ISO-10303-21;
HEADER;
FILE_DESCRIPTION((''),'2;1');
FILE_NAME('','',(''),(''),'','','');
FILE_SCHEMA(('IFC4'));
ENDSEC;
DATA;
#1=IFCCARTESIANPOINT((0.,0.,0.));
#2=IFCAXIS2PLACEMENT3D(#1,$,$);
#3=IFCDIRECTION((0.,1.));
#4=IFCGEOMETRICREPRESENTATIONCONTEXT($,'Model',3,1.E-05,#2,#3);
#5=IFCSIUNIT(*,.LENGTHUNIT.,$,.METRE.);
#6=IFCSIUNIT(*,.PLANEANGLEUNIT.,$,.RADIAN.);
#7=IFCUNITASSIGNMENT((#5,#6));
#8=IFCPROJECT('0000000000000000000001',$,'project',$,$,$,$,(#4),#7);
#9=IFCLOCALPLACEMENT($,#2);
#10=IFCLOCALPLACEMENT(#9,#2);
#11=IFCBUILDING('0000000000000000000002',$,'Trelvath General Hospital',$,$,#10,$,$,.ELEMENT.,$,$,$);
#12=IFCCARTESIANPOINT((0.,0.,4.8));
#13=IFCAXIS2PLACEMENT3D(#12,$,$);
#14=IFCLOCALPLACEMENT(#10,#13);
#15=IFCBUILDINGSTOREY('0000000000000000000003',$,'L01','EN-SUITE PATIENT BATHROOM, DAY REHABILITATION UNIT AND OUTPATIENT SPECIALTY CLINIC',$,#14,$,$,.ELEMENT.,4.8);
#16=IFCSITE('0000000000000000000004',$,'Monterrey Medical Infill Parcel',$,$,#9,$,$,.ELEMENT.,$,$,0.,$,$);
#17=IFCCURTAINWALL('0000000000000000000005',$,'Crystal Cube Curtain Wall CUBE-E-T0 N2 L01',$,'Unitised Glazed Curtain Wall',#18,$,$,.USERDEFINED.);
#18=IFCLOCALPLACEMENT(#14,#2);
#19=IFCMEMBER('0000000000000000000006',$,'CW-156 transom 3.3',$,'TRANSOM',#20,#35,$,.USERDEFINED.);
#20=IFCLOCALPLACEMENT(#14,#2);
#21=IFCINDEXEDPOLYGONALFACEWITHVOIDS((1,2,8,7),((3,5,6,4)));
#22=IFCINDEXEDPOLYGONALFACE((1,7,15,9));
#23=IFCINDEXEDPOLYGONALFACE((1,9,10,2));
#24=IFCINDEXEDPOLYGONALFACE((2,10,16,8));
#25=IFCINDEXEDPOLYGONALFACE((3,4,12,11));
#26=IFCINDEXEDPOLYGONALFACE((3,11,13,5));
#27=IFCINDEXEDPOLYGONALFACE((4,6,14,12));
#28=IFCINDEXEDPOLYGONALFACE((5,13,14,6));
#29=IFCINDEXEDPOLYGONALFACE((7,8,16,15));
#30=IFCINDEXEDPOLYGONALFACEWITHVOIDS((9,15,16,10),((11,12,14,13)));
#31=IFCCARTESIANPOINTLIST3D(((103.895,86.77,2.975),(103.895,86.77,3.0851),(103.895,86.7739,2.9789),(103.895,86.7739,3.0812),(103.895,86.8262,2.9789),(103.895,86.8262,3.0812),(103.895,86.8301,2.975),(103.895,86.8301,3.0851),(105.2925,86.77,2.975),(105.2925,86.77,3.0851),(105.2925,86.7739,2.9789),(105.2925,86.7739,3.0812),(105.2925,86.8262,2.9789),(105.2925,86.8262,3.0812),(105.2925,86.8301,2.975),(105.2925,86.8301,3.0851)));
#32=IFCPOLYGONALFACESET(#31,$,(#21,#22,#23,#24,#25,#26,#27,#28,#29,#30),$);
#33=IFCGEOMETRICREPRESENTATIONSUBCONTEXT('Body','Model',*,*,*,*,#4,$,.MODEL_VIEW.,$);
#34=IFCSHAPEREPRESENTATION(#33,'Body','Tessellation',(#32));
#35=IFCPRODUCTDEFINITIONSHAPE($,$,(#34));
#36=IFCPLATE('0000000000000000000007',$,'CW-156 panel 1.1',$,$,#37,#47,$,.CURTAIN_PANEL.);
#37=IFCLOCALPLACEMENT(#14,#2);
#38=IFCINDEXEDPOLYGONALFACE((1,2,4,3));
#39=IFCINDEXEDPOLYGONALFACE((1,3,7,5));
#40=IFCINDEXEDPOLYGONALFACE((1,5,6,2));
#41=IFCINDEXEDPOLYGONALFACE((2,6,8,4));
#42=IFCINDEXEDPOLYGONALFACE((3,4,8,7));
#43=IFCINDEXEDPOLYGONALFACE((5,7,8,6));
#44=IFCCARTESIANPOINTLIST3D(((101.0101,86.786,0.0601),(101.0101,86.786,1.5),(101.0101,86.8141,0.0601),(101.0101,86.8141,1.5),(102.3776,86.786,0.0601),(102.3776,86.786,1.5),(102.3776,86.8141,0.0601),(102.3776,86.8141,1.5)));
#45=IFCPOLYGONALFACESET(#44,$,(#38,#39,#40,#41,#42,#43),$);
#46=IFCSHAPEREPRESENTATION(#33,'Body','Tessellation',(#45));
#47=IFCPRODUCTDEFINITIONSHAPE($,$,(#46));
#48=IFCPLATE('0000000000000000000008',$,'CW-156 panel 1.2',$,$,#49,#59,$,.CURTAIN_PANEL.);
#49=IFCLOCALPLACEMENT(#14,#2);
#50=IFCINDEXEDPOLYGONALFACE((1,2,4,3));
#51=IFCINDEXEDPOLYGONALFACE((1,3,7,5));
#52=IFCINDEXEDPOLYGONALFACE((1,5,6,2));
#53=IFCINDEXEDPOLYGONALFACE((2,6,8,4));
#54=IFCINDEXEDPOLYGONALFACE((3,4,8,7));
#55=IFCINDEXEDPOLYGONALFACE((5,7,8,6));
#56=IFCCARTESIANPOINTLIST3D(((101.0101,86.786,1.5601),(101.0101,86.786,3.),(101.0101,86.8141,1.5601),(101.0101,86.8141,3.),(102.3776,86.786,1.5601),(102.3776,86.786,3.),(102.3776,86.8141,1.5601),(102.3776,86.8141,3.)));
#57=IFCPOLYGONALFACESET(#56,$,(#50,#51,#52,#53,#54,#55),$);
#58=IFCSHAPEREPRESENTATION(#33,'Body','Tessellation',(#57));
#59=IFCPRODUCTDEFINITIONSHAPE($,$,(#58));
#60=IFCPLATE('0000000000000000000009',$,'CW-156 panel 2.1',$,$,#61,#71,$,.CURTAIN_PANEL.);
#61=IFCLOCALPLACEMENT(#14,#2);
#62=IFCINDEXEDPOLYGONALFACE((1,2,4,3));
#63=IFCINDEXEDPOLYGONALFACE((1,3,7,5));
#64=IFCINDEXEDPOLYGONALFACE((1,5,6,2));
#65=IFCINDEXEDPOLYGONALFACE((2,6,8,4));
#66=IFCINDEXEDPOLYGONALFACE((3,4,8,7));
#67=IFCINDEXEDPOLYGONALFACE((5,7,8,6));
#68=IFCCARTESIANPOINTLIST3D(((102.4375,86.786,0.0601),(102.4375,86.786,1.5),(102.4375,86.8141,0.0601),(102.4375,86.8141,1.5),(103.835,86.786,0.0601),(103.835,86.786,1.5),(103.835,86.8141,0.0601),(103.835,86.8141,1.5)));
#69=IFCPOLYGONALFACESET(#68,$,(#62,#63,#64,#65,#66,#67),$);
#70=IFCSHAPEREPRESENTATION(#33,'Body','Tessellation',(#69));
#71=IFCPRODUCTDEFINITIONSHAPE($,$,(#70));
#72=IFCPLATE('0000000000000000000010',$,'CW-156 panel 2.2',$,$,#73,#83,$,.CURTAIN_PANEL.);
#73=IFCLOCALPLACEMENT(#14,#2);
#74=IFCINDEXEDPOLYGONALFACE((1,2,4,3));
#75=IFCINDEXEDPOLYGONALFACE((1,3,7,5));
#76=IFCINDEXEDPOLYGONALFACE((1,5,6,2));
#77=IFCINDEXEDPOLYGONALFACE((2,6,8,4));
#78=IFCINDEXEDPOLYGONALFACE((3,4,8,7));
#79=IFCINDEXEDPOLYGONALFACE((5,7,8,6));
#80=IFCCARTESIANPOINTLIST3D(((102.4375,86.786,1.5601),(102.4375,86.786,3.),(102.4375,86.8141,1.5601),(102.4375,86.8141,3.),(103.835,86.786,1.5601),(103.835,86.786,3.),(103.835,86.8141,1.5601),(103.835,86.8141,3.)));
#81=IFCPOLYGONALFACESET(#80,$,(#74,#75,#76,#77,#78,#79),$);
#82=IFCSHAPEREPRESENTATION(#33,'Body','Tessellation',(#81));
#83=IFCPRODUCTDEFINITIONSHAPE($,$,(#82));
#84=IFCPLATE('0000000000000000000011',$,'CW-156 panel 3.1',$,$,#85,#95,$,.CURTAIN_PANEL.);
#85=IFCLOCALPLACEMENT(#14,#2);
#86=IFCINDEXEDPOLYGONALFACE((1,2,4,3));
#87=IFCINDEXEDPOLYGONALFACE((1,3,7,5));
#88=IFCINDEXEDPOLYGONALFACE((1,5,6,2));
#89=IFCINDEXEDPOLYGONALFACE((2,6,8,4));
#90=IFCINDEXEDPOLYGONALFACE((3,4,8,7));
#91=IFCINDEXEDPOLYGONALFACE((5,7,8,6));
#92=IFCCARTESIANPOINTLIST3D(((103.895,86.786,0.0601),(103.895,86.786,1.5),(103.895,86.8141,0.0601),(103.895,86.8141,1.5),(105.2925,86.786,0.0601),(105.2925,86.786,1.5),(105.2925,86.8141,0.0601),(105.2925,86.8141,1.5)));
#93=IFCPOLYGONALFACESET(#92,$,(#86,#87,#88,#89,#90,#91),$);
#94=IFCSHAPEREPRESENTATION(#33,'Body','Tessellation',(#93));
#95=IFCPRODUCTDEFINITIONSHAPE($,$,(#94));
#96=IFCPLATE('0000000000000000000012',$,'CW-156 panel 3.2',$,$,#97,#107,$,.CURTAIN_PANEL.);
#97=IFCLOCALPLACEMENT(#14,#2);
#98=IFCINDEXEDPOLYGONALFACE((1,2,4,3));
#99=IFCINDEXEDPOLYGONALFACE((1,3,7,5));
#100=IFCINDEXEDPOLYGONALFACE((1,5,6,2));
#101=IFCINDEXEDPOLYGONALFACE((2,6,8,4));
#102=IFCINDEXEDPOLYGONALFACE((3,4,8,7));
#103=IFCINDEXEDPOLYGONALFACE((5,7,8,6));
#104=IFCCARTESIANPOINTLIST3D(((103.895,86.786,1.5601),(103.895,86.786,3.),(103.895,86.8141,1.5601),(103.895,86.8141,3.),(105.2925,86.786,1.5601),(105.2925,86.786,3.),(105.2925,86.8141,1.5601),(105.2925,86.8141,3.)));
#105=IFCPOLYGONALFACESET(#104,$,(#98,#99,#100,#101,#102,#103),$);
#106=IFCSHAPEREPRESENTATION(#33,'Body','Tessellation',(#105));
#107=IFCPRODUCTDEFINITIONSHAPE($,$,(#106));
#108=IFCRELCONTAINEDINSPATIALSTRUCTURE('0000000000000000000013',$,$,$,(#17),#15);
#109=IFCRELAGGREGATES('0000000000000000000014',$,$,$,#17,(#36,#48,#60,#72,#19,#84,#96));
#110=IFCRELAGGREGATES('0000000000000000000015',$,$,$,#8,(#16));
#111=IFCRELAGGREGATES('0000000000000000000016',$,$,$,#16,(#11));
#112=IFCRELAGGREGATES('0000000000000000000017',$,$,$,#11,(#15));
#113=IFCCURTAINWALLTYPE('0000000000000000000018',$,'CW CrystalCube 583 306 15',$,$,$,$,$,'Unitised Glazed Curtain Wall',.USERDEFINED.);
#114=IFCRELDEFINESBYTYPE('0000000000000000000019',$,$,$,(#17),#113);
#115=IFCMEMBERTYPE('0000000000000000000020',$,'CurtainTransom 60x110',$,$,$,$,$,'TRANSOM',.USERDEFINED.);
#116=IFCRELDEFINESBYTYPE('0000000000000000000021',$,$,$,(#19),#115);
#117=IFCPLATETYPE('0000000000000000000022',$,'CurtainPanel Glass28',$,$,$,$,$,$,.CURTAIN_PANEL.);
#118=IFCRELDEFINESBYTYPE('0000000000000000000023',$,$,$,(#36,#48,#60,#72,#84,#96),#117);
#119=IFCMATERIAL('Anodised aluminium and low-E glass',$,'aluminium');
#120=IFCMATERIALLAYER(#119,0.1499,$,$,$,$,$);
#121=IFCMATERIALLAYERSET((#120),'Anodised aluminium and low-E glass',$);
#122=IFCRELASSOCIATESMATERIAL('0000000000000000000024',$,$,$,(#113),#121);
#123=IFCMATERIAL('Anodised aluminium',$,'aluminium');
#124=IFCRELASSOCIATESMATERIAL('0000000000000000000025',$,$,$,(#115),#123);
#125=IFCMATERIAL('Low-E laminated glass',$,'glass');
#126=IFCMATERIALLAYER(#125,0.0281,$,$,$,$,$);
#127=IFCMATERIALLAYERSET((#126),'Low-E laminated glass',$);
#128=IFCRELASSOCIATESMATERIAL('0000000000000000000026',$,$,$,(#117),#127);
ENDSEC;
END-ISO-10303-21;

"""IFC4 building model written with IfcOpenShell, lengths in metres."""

from ifc_helpers import new_model, si_unit, direction, frame, origin, origin_2d, place, context, subcontext, project, spatial, rectangle, hollow_rectangle, extrude, material, layer, layer_set, material_profile, profile_set, type_object, element, aggregate, save


model = new_model("IFC4")

# Units and contexts
model_context = context("Model", 3, precision=1e-05, world=origin(), true_north=direction((0.0, 1.0)))
body_context = subcontext(model_context, "Body", "Model", "MODEL_VIEW")
ifc_project = project(units=[si_unit("LENGTHUNIT", "METRE"), si_unit("PLANEANGLEUNIT", "RADIAN")], contexts=[model_context])

# Site, building, storey
site_placement = place(None, origin())
site = spatial("IfcSite", under=ifc_project, at=site_placement, Name="Monterrey Medical Infill Parcel", CompositionType="ELEMENT", RefElevation=0.0)
building_placement = place(site_placement, origin())
building = spatial("IfcBuilding", under=site, at=building_placement, Name="Trelvath General Hospital", CompositionType="ELEMENT")
storey_placement = place(building_placement, frame((0.0, 0.0, 4.8)))
storey = spatial("IfcBuildingStorey", under=building, at=storey_placement, Name="L01", Description="EN-SUITE PATIENT BATHROOM, DAY REHABILITATION UNIT AND OUTPATIENT SPECIALTY CLINIC", CompositionType="ELEMENT", Elevation=4.8)

# Curtain wall, member, plates
ifc_material_1 = material(Name="Anodised aluminium and low-E glass", Category="aluminium")
ifc_layer_1 = layer(ifc_material_1, 0.1499)
ifc_layer_set_1 = layer_set([ifc_layer_1], Name="Anodised aluminium and low-E glass")
curtain_wall_type = type_object("IfcCurtainWallType", Name="CW CrystalCube 583 306 15", ElementType="Unitised Glazed Curtain Wall", PredefinedType="USERDEFINED", material=ifc_layer_set_1)
curtain_wall_placement = place(storey_placement, origin())
curtain_wall = element("IfcCurtainWall", 1, at=curtain_wall_placement, inside=storey, type_object=curtain_wall_type, Name="Crystal Cube Curtain Wall CUBE-E-T0 N2 L01", ObjectType="Unitised Glazed Curtain Wall", PredefinedType="USERDEFINED")
ifc_material_2 = material(Name="Anodised aluminium", Category="aluminium")
ifc_material_profile_1 = material_profile(ifc_material_2, hollow_rectangle(XDim=0.0601, YDim=0.1101, WallThickness=0.0039, at=origin_2d()), Name="RHS60x110x4")
ifc_profile_set_1 = profile_set([ifc_material_profile_1], Name="Anodised aluminium")
member_type_1 = type_object("IfcMemberType", Name="CurtainTransom 60x110", ElementType="TRANSOM", PredefinedType="USERDEFINED", material=ifc_profile_set_1)
member_1_placement = place(storey_placement, frame((103.895, 86.8, 3.03), z_axis=(1.0, 0.0, 0.0), x_axis=(0.0, 1.0, 0.0)))
member_1 = element("IfcMember", 2, at=member_1_placement, type_object=member_type_1, Name="CW-156 transom 3.3", ObjectType="TRANSOM", PredefinedType="USERDEFINED", context=body_context, shape_type="SweptSolid", body=[
    extrude(hollow_rectangle(XDim=0.0601, YDim=0.1101, WallThickness=0.0039, at=origin_2d()), origin(), (0.0, 0.0, 1.0), 1.3975),
])
ifc_material_3 = material(Name="Low-E laminated glass", Category="glass")
ifc_layer_2 = layer(ifc_material_3, 0.0281)
ifc_layer_set_2 = layer_set([ifc_layer_2], Name="Low-E laminated glass")
plate_type = type_object("IfcPlateType", Name="CurtainPanel Glass28", PredefinedType="CURTAIN_PANEL", material=ifc_layer_set_2)
plate_1_placement = place(storey_placement, frame((101.6938, 86.8, 0.0601), z_axis=(0.0, 0.0, 1.0), x_axis=(1.0, 0.0, 0.0)))
plate_1 = element("IfcPlate", 3, at=plate_1_placement, type_object=plate_type, Name="CW-156 panel 1.1", PredefinedType="CURTAIN_PANEL", context=body_context, shape_type="SweptSolid", body=[
    extrude(rectangle(XDim=1.3674, YDim=0.0281, at=origin_2d()), origin(), (0.0, 0.0, 1.0), 1.4399),
])
plate_2_placement = place(storey_placement, frame((101.6938, 86.8, 1.5601), z_axis=(0.0, 0.0, 1.0), x_axis=(1.0, 0.0, 0.0)))
plate_2 = element("IfcPlate", 4, at=plate_2_placement, type_object=plate_type, Name="CW-156 panel 1.2", PredefinedType="CURTAIN_PANEL", context=body_context, shape_type="SweptSolid", body=[
    extrude(rectangle(XDim=1.3674, YDim=0.0281, at=origin_2d()), origin(), (0.0, 0.0, 1.0), 1.4399),
])
plate_3_placement = place(storey_placement, frame((103.1362, 86.8, 0.0601), z_axis=(0.0, 0.0, 1.0), x_axis=(1.0, 0.0, 0.0)))
plate_3 = element("IfcPlate", 5, at=plate_3_placement, type_object=plate_type, Name="CW-156 panel 2.1", PredefinedType="CURTAIN_PANEL", context=body_context, shape_type="SweptSolid", body=[
    extrude(rectangle(XDim=1.3975, YDim=0.0281, at=origin_2d()), origin(), (0.0, 0.0, 1.0), 1.4399),
])
plate_4_placement = place(storey_placement, frame((103.1362, 86.8, 1.5601), z_axis=(0.0, 0.0, 1.0), x_axis=(1.0, 0.0, 0.0)))
plate_4 = element("IfcPlate", 6, at=plate_4_placement, type_object=plate_type, Name="CW-156 panel 2.2", PredefinedType="CURTAIN_PANEL", context=body_context, shape_type="SweptSolid", body=[
    extrude(rectangle(XDim=1.3975, YDim=0.0281, at=origin_2d()), origin(), (0.0, 0.0, 1.0), 1.4399),
])
plate_5_placement = place(storey_placement, frame((104.5938, 86.8, 0.0601), z_axis=(0.0, 0.0, 1.0), x_axis=(1.0, 0.0, 0.0)))
plate_5 = element("IfcPlate", 7, at=plate_5_placement, type_object=plate_type, Name="CW-156 panel 3.1", PredefinedType="CURTAIN_PANEL", context=body_context, shape_type="SweptSolid", body=[
    extrude(rectangle(XDim=1.3975, YDim=0.0281, at=origin_2d()), origin(), (0.0, 0.0, 1.0), 1.4399),
])
plate_6_placement = place(storey_placement, frame((104.5938, 86.8, 1.5601), z_axis=(0.0, 0.0, 1.0), x_axis=(1.0, 0.0, 0.0)))
plate_6 = element("IfcPlate", 8, at=plate_6_placement, type_object=plate_type, Name="CW-156 panel 3.2", PredefinedType="CURTAIN_PANEL", context=body_context, shape_type="SweptSolid", body=[
    extrude(rectangle(XDim=1.3975, YDim=0.0281, at=origin_2d()), origin(), (0.0, 0.0, 1.0), 1.4399),
])
aggregate(curtain_wall, [plate_1, plate_2, plate_3, plate_4, member_1, plate_5, plate_6])

save(model, "model.ifc")
